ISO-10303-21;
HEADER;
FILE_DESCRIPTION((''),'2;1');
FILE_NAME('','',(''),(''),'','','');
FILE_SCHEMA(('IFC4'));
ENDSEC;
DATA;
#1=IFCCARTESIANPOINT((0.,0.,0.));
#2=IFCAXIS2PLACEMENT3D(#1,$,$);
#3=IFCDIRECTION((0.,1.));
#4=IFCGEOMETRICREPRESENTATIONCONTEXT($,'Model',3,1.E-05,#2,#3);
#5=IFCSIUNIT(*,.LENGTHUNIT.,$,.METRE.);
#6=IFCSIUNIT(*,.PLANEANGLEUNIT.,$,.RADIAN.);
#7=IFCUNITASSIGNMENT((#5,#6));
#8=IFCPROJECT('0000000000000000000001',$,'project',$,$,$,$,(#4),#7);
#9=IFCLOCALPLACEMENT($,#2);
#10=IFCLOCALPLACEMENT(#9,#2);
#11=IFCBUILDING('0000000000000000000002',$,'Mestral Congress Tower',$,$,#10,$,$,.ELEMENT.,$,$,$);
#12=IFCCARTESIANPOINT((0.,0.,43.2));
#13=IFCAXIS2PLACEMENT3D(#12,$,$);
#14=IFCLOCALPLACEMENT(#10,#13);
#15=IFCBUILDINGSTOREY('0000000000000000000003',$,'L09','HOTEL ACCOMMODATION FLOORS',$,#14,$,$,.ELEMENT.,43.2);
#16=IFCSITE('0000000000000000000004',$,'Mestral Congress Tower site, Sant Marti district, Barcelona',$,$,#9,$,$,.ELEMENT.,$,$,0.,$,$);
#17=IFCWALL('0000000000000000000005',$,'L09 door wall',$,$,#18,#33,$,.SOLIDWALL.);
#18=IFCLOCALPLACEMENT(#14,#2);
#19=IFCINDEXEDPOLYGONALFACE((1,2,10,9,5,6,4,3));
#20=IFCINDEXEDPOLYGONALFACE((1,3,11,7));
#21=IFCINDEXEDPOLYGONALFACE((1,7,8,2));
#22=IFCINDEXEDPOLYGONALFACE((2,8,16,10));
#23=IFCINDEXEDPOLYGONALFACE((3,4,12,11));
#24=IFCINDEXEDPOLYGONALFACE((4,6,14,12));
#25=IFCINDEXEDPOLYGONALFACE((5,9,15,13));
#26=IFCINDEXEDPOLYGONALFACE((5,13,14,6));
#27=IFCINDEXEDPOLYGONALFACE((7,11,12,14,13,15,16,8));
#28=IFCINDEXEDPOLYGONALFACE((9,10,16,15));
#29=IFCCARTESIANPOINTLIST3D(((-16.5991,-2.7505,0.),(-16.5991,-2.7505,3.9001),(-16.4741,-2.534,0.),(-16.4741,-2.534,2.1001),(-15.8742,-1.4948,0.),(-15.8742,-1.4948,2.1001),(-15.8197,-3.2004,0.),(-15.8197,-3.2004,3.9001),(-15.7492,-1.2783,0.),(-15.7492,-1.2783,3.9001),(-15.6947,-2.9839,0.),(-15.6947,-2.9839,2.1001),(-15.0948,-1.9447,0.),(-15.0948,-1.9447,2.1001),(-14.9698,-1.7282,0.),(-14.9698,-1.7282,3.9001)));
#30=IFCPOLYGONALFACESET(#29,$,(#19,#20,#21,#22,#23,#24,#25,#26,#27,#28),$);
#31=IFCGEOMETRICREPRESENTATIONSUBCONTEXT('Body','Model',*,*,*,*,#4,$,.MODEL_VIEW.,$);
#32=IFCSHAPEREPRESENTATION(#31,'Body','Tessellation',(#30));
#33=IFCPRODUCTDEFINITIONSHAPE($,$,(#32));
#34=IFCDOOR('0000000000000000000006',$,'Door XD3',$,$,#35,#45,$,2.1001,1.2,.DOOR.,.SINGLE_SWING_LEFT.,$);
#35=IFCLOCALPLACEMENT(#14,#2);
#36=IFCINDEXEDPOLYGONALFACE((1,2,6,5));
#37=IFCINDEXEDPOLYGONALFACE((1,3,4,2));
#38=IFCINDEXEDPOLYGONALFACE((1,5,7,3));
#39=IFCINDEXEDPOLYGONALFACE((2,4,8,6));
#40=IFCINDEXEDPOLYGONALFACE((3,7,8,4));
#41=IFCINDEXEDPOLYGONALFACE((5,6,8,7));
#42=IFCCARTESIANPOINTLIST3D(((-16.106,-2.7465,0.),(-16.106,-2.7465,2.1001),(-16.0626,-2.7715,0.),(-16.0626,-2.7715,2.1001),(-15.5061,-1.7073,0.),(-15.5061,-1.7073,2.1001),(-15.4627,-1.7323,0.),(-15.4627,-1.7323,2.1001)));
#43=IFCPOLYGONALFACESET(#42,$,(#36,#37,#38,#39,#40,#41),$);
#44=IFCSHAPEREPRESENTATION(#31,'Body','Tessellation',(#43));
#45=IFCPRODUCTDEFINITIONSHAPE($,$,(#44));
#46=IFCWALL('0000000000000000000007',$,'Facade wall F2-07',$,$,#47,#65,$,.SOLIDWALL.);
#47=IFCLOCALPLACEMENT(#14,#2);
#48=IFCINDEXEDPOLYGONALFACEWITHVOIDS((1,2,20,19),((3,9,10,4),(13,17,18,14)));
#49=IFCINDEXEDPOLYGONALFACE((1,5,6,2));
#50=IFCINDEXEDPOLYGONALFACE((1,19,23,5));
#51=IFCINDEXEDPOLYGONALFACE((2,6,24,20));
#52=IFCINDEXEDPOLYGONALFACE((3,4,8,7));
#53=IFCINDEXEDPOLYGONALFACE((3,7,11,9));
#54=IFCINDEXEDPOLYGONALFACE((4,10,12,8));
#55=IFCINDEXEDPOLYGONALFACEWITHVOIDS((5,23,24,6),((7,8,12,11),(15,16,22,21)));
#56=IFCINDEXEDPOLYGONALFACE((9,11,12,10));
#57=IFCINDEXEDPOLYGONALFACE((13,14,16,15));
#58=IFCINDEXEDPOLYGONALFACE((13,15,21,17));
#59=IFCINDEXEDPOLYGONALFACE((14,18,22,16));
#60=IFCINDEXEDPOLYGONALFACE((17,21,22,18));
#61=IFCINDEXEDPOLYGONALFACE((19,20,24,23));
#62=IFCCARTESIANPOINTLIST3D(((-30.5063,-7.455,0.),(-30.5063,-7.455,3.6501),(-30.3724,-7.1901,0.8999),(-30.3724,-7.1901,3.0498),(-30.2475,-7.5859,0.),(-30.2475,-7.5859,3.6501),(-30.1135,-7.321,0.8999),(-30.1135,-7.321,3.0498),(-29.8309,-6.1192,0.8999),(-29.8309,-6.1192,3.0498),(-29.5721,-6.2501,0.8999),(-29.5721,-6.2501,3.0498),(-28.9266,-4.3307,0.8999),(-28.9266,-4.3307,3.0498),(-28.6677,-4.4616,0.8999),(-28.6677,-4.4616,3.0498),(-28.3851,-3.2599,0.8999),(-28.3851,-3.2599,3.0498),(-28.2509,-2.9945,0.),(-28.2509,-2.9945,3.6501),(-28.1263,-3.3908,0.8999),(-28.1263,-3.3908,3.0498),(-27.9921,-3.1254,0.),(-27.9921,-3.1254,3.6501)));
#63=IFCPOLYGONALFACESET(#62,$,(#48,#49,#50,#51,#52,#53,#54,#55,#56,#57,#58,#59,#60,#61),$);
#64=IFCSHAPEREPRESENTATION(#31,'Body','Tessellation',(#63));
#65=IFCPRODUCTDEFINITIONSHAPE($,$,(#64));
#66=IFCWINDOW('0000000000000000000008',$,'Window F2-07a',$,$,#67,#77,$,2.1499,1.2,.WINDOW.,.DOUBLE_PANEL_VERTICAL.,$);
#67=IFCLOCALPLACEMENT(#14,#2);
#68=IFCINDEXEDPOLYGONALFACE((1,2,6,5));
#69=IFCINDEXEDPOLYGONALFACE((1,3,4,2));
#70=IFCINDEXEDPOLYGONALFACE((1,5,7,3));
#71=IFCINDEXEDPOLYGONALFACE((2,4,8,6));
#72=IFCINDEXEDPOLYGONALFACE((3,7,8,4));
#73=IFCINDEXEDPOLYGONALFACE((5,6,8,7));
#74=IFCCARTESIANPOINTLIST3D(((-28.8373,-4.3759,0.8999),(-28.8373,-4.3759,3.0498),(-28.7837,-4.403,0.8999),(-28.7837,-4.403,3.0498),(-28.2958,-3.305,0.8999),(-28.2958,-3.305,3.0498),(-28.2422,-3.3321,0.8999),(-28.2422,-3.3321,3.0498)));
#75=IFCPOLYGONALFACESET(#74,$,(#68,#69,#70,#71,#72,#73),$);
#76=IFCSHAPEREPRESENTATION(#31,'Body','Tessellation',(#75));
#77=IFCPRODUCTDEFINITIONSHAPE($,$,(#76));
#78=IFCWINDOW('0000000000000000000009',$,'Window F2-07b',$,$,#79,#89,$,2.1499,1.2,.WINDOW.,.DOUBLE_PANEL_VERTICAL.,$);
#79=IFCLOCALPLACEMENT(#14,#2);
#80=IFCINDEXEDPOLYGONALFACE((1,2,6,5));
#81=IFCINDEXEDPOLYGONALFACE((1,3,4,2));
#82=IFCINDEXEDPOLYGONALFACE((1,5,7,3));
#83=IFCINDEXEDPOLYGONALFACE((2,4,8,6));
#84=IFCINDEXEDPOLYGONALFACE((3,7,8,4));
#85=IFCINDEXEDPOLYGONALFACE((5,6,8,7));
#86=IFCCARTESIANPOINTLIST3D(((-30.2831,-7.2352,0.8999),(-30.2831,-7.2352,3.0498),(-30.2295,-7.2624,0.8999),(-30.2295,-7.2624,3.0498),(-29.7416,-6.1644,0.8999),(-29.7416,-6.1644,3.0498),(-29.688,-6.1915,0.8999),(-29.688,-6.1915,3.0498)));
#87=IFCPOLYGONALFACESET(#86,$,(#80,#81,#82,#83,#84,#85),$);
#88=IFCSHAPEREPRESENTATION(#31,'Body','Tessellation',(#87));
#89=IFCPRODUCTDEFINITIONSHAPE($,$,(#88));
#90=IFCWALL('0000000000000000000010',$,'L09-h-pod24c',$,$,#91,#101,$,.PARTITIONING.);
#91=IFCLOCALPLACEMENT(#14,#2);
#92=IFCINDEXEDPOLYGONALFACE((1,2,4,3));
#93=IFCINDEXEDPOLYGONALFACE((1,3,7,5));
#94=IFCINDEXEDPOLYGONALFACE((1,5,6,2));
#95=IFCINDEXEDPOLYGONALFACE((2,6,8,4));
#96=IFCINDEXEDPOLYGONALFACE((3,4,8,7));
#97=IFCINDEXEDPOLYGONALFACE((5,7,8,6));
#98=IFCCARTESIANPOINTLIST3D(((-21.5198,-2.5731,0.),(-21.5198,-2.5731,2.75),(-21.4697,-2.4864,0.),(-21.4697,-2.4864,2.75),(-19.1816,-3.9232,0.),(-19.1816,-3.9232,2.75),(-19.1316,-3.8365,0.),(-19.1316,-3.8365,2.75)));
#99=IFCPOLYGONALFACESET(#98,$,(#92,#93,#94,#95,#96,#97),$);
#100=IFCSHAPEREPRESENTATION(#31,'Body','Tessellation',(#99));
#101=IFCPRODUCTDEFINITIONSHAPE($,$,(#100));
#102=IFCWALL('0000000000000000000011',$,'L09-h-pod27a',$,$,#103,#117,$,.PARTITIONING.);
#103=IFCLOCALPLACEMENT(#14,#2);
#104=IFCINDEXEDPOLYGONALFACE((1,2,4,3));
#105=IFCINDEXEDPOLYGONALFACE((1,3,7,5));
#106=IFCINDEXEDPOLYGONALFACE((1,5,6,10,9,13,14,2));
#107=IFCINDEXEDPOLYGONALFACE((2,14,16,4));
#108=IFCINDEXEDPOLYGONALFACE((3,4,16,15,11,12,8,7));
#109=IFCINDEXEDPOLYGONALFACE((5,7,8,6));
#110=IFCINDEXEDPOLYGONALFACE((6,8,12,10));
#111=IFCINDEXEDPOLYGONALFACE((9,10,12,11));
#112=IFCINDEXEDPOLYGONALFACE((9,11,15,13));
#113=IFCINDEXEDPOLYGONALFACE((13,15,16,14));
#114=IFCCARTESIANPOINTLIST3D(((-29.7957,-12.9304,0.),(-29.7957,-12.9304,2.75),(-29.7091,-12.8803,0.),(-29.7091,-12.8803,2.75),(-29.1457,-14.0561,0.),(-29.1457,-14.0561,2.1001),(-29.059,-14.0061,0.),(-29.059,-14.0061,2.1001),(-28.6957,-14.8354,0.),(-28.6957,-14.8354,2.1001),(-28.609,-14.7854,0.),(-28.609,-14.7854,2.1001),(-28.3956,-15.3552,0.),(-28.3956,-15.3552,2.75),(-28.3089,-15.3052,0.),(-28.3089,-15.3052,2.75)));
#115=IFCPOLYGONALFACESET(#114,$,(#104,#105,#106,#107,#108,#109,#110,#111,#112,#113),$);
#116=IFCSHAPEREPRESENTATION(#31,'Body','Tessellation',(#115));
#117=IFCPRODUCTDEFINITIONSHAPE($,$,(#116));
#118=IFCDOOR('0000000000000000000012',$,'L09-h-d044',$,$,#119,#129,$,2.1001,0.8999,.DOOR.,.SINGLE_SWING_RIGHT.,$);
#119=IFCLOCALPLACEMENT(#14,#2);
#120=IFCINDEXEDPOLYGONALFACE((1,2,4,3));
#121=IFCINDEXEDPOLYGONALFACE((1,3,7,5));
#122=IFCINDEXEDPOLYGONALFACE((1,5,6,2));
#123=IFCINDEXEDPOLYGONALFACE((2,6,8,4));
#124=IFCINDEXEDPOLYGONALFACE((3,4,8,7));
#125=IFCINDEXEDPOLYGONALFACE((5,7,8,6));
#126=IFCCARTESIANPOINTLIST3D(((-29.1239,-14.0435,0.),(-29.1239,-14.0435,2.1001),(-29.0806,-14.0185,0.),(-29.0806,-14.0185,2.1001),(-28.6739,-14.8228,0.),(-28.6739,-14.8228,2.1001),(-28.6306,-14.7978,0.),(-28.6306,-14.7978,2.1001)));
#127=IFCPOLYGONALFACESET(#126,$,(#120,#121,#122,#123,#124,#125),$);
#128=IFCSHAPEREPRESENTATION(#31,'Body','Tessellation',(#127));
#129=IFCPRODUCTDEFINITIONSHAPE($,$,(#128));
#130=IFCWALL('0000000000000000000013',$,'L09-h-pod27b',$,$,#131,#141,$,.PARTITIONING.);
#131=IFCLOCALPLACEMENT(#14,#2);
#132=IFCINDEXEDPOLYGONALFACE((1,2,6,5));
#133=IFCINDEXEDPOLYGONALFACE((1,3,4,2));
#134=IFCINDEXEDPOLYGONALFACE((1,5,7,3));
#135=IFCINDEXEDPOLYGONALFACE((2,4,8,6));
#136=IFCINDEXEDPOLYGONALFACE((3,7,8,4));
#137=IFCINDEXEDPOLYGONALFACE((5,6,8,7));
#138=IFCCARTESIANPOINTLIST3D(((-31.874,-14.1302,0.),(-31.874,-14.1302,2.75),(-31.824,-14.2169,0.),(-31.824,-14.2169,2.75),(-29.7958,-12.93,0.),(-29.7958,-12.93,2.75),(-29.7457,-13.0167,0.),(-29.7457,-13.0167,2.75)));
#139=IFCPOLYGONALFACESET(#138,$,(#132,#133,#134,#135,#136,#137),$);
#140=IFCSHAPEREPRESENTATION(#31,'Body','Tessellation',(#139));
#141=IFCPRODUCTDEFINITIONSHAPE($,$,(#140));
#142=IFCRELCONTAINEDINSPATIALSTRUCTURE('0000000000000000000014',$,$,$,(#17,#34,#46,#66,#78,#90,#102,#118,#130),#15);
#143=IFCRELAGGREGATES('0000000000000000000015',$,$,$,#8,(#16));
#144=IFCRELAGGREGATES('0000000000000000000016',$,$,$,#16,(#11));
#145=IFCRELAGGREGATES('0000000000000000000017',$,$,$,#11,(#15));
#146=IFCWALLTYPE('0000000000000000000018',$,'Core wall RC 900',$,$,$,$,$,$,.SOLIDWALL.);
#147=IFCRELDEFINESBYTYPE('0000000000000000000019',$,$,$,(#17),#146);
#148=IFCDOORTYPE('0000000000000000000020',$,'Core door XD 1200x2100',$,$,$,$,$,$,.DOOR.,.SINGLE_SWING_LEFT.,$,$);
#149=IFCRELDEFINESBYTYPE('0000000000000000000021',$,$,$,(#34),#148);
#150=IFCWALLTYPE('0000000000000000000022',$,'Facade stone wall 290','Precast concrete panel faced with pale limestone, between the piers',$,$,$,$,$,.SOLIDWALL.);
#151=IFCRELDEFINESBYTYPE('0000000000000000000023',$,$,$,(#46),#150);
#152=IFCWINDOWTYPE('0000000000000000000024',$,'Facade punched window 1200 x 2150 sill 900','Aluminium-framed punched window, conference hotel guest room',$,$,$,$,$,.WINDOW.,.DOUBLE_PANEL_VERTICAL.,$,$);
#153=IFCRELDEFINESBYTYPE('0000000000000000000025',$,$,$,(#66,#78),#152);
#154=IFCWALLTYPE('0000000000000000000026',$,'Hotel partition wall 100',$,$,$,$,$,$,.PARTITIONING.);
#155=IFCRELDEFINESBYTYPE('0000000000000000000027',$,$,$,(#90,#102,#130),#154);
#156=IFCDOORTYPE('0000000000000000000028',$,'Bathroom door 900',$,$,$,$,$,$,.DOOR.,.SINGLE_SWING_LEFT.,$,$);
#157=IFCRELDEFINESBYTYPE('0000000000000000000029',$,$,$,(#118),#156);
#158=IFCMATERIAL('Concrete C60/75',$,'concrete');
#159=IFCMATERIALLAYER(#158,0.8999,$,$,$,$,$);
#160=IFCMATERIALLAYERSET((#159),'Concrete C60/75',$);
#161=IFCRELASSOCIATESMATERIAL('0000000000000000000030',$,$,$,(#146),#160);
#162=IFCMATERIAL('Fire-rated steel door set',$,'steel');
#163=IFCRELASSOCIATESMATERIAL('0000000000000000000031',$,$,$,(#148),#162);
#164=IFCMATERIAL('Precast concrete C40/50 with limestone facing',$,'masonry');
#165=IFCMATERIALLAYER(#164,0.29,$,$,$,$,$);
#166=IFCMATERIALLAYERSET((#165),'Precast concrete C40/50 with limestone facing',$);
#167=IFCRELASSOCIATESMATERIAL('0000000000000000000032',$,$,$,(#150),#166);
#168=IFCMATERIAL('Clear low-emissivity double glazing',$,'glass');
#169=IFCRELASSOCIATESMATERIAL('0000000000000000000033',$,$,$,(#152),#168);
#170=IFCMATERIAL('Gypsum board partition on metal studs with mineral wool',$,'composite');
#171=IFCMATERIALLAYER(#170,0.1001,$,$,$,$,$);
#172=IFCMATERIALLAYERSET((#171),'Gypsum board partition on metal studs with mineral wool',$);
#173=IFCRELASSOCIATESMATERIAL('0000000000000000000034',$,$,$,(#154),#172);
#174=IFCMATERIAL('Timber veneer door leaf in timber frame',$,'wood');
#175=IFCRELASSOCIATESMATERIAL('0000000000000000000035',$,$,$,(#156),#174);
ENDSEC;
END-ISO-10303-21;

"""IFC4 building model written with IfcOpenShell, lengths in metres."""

from ifc_helpers import new_model, si_unit, direction, frame, frame_2d, origin, place, context, subcontext, project, spatial, rectangle, extrude, material, layer, layer_set, type_object, element, fill, save


model = new_model("IFC4")

# Units and contexts
model_context = context("Model", 3, precision=1e-05, world=origin(), true_north=direction((0.0, 1.0)))
body_context = subcontext(model_context, "Body", "Model", "MODEL_VIEW")
ifc_project = project(units=[si_unit("LENGTHUNIT", "METRE"), si_unit("PLANEANGLEUNIT", "RADIAN")], contexts=[model_context])

# Site, building, storey
site_placement = place(None, origin())
site = spatial("IfcSite", under=ifc_project, at=site_placement, Name="Mestral Congress Tower site, Sant Marti district, Barcelona", CompositionType="ELEMENT", RefElevation=0.0)
building_placement = place(site_placement, origin())
building = spatial("IfcBuilding", under=site, at=building_placement, Name="Mestral Congress Tower", CompositionType="ELEMENT")
storey_placement = place(building_placement, frame((0.0, 0.0, 43.2)))
storey = spatial("IfcBuildingStorey", under=building, at=storey_placement, Name="L09", Description="HOTEL ACCOMMODATION FLOORS", CompositionType="ELEMENT", Elevation=43.2)

# Wall, opening, door
ifc_material_1 = material(Name="Concrete C60/75", Category="concrete")
ifc_layer_1 = layer(ifc_material_1, 0.8999)
ifc_layer_set_1 = layer_set([ifc_layer_1], Name="Concrete C60/75")
wall_type_1 = type_object("IfcWallType", Name="Core wall RC 900", PredefinedType="SOLIDWALL", material=ifc_layer_set_1)
wall_1_placement = place(storey_placement, frame((-16.2095, -2.9756, 0.0), z_axis=(0.0, 0.0, 1.0), x_axis=(0.499955, 0.866052, 0.0)))
wall_1 = element("IfcWall", 1, at=wall_1_placement, inside=storey, type_object=wall_type_1, Name="L09 door wall", PredefinedType="SOLIDWALL", context=body_context, shape_type="SweptSolid", body=[
    extrude(rectangle(XDim=1.7, YDim=0.8999, at=frame_2d((0.8501, 0.0))), origin(), (0.0, 0.0, 1.0), 3.9001),
])
opening_1_placement = place(wall_1_placement, frame((0.25, 0.0, 0.0)))
opening_1 = element("IfcOpeningElement", 2, at=opening_1_placement, cuts=wall_1, PredefinedType="OPENING", context=body_context, shape_type="SweptSolid", body=[
    extrude(rectangle(XDim=1.2, YDim=2.1001, at=frame_2d((0.6001, 1.05))), frame((0.0, 0.46, 0.0), z_axis=(0.0, -1.0, 0.0), x_axis=(1.0, 0.0, 0.0)), (0.0, 0.0, 1.0), 0.9199),
])
ifc_material_2 = material(Name="Fire-rated steel door set", Category="steel")
door_type_1 = type_object("IfcDoorType", Name="Core door XD 1200x2100", OperationType="SINGLE_SWING_LEFT", PredefinedType="DOOR", material=ifc_material_2)
door_1_placement = place(opening_1_placement, origin())
door_1 = element("IfcDoor", 3, at=door_1_placement, inside=storey, type_object=door_type_1, Name="Door XD3", OperationType="SINGLE_SWING_LEFT", OverallHeight=2.1001, OverallWidth=1.2, PredefinedType="DOOR", context=body_context, shape_type="SweptSolid", body=[
    extrude(rectangle(XDim=1.2, YDim=2.1001, at=frame_2d((0.6001, 1.05))), frame((0.0, 0.0249, 0.0), z_axis=(0.0, -1.0, 0.0), x_axis=(1.0, 0.0, 0.0)), (0.0, 0.0, 1.0), 0.05),
])
fill(opening_1, door_1)

# Wall, openings, windows
ifc_material_3 = material(Name="Precast concrete C40/50 with limestone facing", Category="masonry")
ifc_layer_2 = layer(ifc_material_3, 0.29)
ifc_layer_set_2 = layer_set([ifc_layer_2], Name="Precast concrete C40/50 with limestone facing")
wall_type_2 = type_object("IfcWallType", Name="Facade stone wall 290", Description="Precast concrete panel faced with pale limestone, between the piers", PredefinedType="SOLIDWALL", material=ifc_layer_set_2)
wall_2_placement = place(storey_placement, frame((-28.1216, -3.0601, 0.0), z_axis=(0.0, 0.0, 1.0), x_axis=(-0.451234, -0.892406, 0.0)))
wall_2 = element("IfcWall", 4, at=wall_2_placement, inside=storey, type_object=wall_type_2, Name="Facade wall F2-07", PredefinedType="SOLIDWALL", context=body_context, shape_type="SweptSolid", body=[
    extrude(rectangle(XDim=4.9983, YDim=0.29, at=frame_2d((2.499, 0.0))), origin(), (0.0, 0.0, 1.0), 3.6501),
])
opening_2_placement = place(wall_2_placement, frame((0.2971, 0.0, 0.8999)))
opening_2 = element("IfcOpeningElement", 5, at=opening_2_placement, cuts=wall_2, PredefinedType="OPENING", context=body_context, shape_type="SweptSolid", body=[
    extrude(rectangle(XDim=1.2, YDim=2.1499, at=frame_2d((0.6001, 1.075))), frame((0.0, 0.155, 0.0), z_axis=(0.0, -1.0, 0.0), x_axis=(1.0, 0.0, 0.0)), (0.0, 0.0, 1.0), 0.3101),
])
opening_3_placement = place(wall_2_placement, frame((3.5012, 0.0, 0.8999)))
opening_3 = element("IfcOpeningElement", 6, at=opening_3_placement, cuts=wall_2, PredefinedType="OPENING", context=body_context, shape_type="SweptSolid", body=[
    extrude(rectangle(XDim=1.2, YDim=2.1499, at=frame_2d((0.6001, 1.075))), frame((0.0, 0.155, 0.0), z_axis=(0.0, -1.0, 0.0), x_axis=(1.0, 0.0, 0.0)), (0.0, 0.0, 1.0), 0.3101),
])
ifc_material_4 = material(Name="Clear low-emissivity double glazing", Category="glass")
window_type = type_object("IfcWindowType", Name="Facade punched window 1200 x 2150 sill 900", Description="Aluminium-framed punched window, conference hotel guest room", PartitioningType="DOUBLE_PANEL_VERTICAL", PredefinedType="WINDOW", material=ifc_material_4)
window_1_placement = place(opening_2_placement, origin())
window_1 = element("IfcWindow", 7, at=window_1_placement, inside=storey, type_object=window_type, Name="Window F2-07a", OverallHeight=2.1499, OverallWidth=1.2, PartitioningType="DOUBLE_PANEL_VERTICAL", PredefinedType="WINDOW", context=body_context, shape_type="SweptSolid", body=[
    extrude(rectangle(XDim=1.2, YDim=2.1499, at=frame_2d((0.6001, 1.075))), frame((0.0, 0.0151, 0.0), z_axis=(0.0, -1.0, 0.0), x_axis=(1.0, 0.0, 0.0)), (0.0, 0.0, 1.0), 0.0601),
])
fill(opening_2, window_1)
window_2_placement = place(opening_3_placement, origin())
window_2 = element("IfcWindow", 8, at=window_2_placement, inside=storey, type_object=window_type, Name="Window F2-07b", OverallHeight=2.1499, OverallWidth=1.2, PartitioningType="DOUBLE_PANEL_VERTICAL", PredefinedType="WINDOW", context=body_context, shape_type="SweptSolid", body=[
    extrude(rectangle(XDim=1.2, YDim=2.1499, at=frame_2d((0.6001, 1.075))), frame((0.0, 0.0151, 0.0), z_axis=(0.0, -1.0, 0.0), x_axis=(1.0, 0.0, 0.0)), (0.0, 0.0, 1.0), 0.0601),
])
fill(opening_3, window_2)

# Wall
ifc_material_5 = material(Name="Gypsum board partition on metal studs with mineral wool", Category="composite")
ifc_layer_3 = layer(ifc_material_5, 0.1001)
ifc_layer_set_3 = layer_set([ifc_layer_3], Name="Gypsum board partition on metal studs with mineral wool")
wall_type_3 = type_object("IfcWallType", Name="Hotel partition wall 100", PredefinedType="PARTITIONING", material=ifc_layer_set_3)
wall_3_placement = place(storey_placement, frame((-19.1565, -3.8799, 0.0), z_axis=(0.0, 0.0, 1.0), x_axis=(-0.865997, 0.500049, 0.0)))
element("IfcWall", 9, at=wall_3_placement, inside=storey, type_object=wall_type_3, Name="L09-h-pod24c", PredefinedType="PARTITIONING", context=body_context, shape_type="SweptSolid", body=[
    extrude(rectangle(XDim=2.7, YDim=0.1001, at=frame_2d((1.3501, 0.0))), origin(), (0.0, 0.0, 1.0), 2.75),
])

# Wall, opening, door
wall_4_placement = place(storey_placement, frame((-28.3523, -15.3301, 0.0), z_axis=(0.0, 0.0, 1.0), x_axis=(-0.50005, 0.865997, 0.0)))
wall_4 = element("IfcWall", 10, at=wall_4_placement, inside=storey, type_object=wall_type_3, Name="L09-h-pod27a", PredefinedType="PARTITIONING", context=body_context, shape_type="SweptSolid", body=[
    extrude(rectangle(XDim=2.8, YDim=0.1001, at=frame_2d((1.3999, 0.0))), origin(), (0.0, 0.0, 1.0), 2.75),
])
opening_4_placement = place(wall_4_placement, frame((0.6001, 0.0, 0.0)))
opening_4 = element("IfcOpeningElement", 11, at=opening_4_placement, cuts=wall_4, PredefinedType="OPENING", context=body_context, shape_type="SweptSolid", body=[
    extrude(rectangle(XDim=0.8999, YDim=2.1001, at=frame_2d((0.45, 1.05))), frame((0.0, 0.0601, 0.0), z_axis=(0.0, -1.0, 0.0), x_axis=(1.0, 0.0, 0.0)), (0.0, 0.0, 1.0), 0.1201),
])
ifc_material_6 = material(Name="Timber veneer door leaf in timber frame", Category="wood")
door_type_2 = type_object("IfcDoorType", Name="Bathroom door 900", OperationType="SINGLE_SWING_LEFT", PredefinedType="DOOR", material=ifc_material_6)
door_2_placement = place(opening_4_placement, origin())
door_2 = element("IfcDoor", 12, at=door_2_placement, inside=storey, type_object=door_type_2, Name="L09-h-d044", OperationType="SINGLE_SWING_RIGHT", OverallHeight=2.1001, OverallWidth=0.8999, PredefinedType="DOOR", context=body_context, shape_type="SweptSolid", body=[
    extrude(rectangle(XDim=0.8999, YDim=2.1001, at=frame_2d((0.45, 1.05))), frame((0.0, 0.0249, 0.0), z_axis=(0.0, -1.0, 0.0), x_axis=(1.0, 0.0, 0.0)), (0.0, 0.0, 1.0), 0.05),
])
fill(opening_4, door_2)

# Wall
wall_5_placement = place(storey_placement, frame((-29.7708, -12.9734, 0.0), z_axis=(0.0, 0.0, 1.0), x_axis=(-0.865981, -0.500078, 0.0)))
element("IfcWall", 13, at=wall_5_placement, inside=storey, type_object=wall_type_3, Name="L09-h-pod27b", PredefinedType="PARTITIONING", context=body_context, shape_type="SweptSolid", body=[
    extrude(rectangle(XDim=2.3999, YDim=0.1001, at=frame_2d((1.2, 0.0))), origin(), (0.0, 0.0, 1.0), 2.75),
])

save(model, "model.ifc")
